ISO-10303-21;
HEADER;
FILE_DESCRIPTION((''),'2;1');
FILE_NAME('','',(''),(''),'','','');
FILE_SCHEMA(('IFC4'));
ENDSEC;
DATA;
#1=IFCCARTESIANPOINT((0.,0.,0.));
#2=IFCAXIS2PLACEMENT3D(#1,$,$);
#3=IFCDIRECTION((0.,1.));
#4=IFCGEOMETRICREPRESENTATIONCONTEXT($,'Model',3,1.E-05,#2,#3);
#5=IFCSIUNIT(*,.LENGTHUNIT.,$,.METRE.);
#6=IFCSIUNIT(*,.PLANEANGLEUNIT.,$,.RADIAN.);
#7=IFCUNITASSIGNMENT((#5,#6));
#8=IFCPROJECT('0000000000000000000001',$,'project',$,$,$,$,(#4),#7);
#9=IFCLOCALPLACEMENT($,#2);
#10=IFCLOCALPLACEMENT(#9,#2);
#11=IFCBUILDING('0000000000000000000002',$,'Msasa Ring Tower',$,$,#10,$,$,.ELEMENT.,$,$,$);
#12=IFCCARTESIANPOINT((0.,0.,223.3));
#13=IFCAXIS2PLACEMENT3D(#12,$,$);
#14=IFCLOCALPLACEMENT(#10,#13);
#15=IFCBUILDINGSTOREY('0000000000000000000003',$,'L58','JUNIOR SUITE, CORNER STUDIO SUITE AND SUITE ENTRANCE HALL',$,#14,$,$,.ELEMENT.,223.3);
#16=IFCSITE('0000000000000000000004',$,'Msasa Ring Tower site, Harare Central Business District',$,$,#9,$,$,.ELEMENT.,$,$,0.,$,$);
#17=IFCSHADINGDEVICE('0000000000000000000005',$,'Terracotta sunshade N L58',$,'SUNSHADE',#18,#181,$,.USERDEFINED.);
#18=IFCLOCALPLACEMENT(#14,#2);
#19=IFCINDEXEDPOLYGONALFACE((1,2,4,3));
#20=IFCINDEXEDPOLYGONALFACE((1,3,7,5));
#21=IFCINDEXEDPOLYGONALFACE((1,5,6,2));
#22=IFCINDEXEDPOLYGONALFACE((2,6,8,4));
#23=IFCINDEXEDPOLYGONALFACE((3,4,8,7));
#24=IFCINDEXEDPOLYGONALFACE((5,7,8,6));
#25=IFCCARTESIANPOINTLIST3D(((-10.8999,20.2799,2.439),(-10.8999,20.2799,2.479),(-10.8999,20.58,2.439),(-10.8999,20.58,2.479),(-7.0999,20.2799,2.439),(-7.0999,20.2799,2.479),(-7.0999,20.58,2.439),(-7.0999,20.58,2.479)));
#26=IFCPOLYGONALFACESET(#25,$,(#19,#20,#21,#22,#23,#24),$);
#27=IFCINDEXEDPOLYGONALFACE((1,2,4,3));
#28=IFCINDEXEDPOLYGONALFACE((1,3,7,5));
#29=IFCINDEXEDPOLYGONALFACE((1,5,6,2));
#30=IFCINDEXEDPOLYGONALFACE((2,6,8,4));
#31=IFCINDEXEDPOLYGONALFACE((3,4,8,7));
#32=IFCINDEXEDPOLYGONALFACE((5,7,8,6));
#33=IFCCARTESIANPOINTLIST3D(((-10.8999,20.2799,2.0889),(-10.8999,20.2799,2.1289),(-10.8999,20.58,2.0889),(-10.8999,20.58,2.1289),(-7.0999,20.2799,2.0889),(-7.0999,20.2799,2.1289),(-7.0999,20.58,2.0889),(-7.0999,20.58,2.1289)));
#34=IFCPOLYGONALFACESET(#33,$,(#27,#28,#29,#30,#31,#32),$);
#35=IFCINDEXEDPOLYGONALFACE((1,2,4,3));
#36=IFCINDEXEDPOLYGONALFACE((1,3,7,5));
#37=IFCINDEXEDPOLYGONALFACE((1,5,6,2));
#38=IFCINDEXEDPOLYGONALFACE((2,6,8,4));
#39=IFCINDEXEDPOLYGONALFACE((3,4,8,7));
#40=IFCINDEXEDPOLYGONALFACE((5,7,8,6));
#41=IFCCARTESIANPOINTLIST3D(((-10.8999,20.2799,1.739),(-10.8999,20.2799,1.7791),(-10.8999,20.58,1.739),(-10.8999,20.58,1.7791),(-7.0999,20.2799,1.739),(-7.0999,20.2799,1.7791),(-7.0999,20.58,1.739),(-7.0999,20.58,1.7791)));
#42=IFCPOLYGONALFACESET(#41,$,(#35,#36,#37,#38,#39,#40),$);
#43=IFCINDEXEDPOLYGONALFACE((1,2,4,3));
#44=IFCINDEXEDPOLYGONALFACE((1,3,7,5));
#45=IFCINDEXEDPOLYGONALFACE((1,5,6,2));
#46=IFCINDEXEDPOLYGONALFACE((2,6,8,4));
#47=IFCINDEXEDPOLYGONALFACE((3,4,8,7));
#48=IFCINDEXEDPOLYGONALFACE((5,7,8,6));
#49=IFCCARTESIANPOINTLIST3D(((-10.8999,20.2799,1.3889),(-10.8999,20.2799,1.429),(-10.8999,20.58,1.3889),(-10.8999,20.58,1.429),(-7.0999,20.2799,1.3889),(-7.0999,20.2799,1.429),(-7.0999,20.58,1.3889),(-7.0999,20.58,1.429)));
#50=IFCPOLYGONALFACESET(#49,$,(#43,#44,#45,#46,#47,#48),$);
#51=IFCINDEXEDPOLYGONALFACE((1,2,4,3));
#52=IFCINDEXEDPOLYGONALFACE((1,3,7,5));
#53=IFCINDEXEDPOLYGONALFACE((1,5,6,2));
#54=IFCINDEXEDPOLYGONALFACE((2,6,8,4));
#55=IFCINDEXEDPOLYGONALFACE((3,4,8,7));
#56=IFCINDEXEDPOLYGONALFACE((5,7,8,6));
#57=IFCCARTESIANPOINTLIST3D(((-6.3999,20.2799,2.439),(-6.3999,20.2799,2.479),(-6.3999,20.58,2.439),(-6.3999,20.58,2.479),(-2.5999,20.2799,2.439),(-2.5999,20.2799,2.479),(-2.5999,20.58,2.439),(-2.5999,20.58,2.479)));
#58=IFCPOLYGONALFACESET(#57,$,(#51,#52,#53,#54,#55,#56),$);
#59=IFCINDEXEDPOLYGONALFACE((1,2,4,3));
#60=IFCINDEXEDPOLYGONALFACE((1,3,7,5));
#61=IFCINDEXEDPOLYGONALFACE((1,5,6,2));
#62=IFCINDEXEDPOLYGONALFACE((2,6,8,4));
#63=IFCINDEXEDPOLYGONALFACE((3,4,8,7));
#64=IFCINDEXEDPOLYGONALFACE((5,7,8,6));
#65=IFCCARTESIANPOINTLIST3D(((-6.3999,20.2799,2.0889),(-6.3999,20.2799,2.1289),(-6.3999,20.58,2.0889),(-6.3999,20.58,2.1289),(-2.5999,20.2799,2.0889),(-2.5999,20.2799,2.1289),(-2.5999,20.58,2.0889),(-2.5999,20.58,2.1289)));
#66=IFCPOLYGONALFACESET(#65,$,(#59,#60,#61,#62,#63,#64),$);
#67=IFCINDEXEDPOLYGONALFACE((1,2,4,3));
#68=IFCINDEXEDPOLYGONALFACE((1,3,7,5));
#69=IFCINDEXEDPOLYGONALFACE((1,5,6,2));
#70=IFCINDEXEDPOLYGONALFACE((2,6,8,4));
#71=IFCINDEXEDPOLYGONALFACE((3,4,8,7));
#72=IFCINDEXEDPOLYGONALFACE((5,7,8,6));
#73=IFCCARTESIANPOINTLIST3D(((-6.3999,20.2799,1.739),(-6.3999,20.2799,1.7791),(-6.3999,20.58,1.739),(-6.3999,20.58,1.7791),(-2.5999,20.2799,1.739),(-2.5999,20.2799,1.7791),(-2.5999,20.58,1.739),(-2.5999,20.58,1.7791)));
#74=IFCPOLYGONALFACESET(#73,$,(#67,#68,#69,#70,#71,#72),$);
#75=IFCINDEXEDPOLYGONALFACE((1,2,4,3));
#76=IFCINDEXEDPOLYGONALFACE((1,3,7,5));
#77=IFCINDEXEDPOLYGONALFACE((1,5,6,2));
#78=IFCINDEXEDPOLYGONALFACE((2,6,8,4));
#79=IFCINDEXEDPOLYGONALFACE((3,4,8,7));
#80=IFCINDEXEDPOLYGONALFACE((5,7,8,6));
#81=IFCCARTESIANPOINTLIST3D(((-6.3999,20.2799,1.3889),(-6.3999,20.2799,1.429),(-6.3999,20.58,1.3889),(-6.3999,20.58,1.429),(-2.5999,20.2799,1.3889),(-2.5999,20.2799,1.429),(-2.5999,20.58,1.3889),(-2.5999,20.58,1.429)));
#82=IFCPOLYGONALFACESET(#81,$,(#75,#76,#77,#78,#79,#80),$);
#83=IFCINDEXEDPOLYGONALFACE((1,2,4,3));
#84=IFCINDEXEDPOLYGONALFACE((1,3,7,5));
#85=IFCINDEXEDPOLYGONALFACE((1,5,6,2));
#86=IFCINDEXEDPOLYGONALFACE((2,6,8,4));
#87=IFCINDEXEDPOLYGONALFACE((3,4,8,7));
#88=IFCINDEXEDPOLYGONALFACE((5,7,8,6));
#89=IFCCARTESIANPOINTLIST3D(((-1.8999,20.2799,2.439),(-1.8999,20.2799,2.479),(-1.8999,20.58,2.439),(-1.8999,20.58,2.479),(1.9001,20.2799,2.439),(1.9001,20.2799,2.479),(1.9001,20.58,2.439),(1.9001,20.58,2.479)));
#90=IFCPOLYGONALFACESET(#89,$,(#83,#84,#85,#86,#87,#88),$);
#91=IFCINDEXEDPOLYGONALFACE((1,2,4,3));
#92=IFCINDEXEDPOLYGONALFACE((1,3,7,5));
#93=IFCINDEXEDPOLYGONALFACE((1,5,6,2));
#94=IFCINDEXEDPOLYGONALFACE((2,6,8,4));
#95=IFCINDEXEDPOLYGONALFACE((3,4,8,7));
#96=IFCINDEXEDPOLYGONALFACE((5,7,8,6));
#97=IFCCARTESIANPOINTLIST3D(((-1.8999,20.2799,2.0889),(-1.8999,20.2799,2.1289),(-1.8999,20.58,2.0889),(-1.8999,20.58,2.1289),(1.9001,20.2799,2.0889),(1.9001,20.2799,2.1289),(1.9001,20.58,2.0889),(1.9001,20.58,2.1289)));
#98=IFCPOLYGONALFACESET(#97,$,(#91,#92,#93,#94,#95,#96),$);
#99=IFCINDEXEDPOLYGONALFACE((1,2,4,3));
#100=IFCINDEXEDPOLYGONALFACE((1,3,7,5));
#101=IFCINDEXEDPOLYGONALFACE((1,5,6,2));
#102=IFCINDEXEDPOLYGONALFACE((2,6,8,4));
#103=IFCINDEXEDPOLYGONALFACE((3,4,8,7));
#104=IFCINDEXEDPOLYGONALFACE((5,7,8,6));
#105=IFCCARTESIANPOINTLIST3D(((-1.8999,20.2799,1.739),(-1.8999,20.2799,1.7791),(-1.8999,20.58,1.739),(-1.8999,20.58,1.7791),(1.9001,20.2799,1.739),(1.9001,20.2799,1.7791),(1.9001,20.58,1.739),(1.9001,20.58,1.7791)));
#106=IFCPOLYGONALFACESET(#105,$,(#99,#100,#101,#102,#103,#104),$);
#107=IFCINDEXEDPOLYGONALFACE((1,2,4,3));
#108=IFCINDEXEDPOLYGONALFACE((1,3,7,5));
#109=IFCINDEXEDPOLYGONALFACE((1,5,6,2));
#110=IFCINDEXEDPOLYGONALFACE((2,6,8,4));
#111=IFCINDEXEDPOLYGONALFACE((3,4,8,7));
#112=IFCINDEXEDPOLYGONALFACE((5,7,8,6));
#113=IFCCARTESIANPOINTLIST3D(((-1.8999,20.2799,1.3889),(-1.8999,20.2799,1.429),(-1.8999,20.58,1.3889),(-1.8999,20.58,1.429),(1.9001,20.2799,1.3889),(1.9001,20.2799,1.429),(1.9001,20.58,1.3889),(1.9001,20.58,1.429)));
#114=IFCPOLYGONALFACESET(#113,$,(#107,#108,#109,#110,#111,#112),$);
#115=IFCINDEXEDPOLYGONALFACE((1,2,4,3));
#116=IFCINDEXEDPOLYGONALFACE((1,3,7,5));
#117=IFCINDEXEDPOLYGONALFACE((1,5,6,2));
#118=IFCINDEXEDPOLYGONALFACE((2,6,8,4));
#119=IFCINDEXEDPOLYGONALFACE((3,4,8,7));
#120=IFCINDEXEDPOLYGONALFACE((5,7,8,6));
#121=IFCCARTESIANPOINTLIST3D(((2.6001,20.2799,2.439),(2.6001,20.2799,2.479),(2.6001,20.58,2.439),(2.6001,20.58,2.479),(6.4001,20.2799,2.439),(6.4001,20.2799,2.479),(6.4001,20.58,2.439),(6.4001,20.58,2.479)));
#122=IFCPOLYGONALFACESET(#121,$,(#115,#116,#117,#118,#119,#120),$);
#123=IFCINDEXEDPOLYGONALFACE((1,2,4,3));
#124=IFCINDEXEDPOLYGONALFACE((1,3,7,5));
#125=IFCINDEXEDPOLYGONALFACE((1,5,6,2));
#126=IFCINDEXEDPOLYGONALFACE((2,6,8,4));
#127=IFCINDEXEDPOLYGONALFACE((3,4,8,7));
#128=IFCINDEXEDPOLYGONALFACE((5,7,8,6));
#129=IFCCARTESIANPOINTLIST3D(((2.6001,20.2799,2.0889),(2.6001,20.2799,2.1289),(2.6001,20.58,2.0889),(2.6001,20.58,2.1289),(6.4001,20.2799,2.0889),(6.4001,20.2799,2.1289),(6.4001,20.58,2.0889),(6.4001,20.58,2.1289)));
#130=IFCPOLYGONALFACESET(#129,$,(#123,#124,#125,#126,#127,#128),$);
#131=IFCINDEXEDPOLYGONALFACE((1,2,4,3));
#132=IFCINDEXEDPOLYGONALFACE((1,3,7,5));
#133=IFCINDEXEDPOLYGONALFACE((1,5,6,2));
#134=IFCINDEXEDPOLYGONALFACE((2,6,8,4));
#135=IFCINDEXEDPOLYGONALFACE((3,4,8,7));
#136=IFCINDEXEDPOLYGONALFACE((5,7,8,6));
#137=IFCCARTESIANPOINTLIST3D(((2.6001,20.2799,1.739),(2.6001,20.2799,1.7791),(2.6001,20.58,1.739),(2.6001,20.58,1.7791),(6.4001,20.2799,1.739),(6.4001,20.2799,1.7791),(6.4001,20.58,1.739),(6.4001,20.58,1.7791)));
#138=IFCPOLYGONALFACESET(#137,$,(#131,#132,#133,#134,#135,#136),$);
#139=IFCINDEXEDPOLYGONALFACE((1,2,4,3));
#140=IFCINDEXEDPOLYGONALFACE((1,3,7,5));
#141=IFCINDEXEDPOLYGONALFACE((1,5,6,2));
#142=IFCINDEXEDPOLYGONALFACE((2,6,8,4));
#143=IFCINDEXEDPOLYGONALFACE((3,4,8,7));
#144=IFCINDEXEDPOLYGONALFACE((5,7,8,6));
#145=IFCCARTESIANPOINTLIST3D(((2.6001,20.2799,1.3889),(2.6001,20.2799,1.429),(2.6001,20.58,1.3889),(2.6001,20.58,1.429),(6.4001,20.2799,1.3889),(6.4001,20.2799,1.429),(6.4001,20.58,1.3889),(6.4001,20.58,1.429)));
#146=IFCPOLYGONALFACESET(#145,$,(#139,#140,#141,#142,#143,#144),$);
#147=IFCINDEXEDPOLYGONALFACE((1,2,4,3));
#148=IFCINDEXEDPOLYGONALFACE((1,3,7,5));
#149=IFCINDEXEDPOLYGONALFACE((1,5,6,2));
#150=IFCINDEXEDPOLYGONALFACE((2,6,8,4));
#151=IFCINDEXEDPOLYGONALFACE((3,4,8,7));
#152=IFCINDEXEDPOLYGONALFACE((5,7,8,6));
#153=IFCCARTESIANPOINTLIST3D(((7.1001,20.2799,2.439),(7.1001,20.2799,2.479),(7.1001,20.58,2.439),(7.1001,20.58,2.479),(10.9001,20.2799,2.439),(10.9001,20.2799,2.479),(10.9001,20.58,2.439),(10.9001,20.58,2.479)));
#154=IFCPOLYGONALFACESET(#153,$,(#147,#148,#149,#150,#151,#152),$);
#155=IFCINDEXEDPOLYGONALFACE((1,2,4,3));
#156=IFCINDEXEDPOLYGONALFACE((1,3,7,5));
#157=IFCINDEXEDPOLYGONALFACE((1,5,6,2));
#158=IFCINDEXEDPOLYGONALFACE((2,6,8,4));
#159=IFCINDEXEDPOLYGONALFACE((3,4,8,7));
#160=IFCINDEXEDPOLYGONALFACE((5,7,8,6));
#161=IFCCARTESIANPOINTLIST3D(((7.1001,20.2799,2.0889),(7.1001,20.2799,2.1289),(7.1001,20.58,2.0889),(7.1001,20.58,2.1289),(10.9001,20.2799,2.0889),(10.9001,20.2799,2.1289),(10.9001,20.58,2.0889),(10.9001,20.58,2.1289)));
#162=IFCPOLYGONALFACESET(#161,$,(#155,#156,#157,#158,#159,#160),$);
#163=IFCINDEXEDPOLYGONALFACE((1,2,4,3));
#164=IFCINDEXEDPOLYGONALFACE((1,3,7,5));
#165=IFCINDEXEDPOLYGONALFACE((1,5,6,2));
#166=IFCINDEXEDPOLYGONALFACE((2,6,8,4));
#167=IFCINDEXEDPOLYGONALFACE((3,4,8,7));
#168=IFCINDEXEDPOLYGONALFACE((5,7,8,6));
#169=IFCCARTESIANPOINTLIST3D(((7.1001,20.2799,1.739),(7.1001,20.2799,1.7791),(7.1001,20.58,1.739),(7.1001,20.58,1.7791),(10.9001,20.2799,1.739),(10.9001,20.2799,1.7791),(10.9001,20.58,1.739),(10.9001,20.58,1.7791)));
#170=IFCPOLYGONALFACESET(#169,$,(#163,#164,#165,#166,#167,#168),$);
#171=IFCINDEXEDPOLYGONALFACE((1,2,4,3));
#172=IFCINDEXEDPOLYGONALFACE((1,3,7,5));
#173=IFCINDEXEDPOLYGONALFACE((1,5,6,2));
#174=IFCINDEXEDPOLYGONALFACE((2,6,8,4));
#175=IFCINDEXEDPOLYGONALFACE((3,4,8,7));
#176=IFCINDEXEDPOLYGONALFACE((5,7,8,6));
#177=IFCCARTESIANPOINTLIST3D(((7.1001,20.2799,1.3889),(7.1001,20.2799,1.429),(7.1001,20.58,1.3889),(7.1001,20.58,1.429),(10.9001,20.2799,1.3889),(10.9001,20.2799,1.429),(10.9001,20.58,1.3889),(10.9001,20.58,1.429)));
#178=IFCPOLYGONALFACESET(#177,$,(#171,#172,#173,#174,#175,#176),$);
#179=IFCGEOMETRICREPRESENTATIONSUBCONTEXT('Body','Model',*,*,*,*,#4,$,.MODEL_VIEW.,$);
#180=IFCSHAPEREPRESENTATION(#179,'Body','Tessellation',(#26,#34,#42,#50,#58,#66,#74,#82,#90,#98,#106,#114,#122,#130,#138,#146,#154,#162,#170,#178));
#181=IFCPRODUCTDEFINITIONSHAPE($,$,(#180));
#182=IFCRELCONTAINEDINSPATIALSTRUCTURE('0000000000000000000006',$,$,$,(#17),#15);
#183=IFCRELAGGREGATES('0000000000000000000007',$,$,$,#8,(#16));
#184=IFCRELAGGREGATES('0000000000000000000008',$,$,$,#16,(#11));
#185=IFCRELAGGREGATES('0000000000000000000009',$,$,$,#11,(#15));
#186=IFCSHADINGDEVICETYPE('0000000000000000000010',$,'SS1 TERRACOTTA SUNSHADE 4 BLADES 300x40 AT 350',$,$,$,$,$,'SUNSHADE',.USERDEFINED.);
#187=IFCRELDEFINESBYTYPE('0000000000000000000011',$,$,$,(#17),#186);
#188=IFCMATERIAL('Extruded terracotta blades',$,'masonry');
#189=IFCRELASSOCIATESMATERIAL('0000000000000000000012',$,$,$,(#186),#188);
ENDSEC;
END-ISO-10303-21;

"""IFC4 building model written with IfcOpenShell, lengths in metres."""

from ifc_helpers import new_model, si_unit, direction, frame, origin, origin_2d, place, context, subcontext, project, spatial, rectangle, extrude, material, type_object, element, save


model = new_model("IFC4")

# Units and contexts
model_context = context("Model", 3, precision=1e-05, world=origin(), true_north=direction((0.0, 1.0)))
body_context = subcontext(model_context, "Body", "Model", "MODEL_VIEW")
ifc_project = project(units=[si_unit("LENGTHUNIT", "METRE"), si_unit("PLANEANGLEUNIT", "RADIAN")], contexts=[model_context])

# Site, building, storey
site_placement = place(None, origin())
site = spatial("IfcSite", under=ifc_project, at=site_placement, Name="Msasa Ring Tower site, Harare Central Business District", CompositionType="ELEMENT", RefElevation=0.0)
building_placement = place(site_placement, origin())
building = spatial("IfcBuilding", under=site, at=building_placement, Name="Msasa Ring Tower", CompositionType="ELEMENT")
storey_placement = place(building_placement, frame((0.0, 0.0, 223.3)))
storey = spatial("IfcBuildingStorey", under=building, at=storey_placement, Name="L58", Description="JUNIOR SUITE, CORNER STUDIO SUITE AND SUITE ENTRANCE HALL", CompositionType="ELEMENT", Elevation=223.3)

# Shading device
ifc_material_1 = material(Name="Extruded terracotta blades", Category="masonry")
shading_device_type_1 = type_object("IfcShadingDeviceType", Name="SS1 TERRACOTTA SUNSHADE 4 BLADES 300x40 AT 350", ElementType="SUNSHADE", PredefinedType="USERDEFINED", material=ifc_material_1)
shading_device_1_placement = place(storey_placement, origin())
element("IfcShadingDevice", 1, at=shading_device_1_placement, inside=storey, type_object=shading_device_type_1, Name="Terracotta sunshade N L58", ObjectType="SUNSHADE", PredefinedType="USERDEFINED", context=body_context, shape_type="SweptSolid", body=[
    extrude(rectangle(XDim=0.04, YDim=0.3, at=origin_2d()), frame((-10.8999, 20.4299, 2.459), z_axis=(1.0, 0.0, 0.0), x_axis=(0.0, 0.0, 1.0)), (0.0, 0.0, 1.0), 3.8),
    extrude(rectangle(XDim=0.04, YDim=0.3, at=origin_2d()), frame((-10.8999, 20.4299, 2.1089), z_axis=(1.0, 0.0, 0.0), x_axis=(0.0, 0.0, 1.0)), (0.0, 0.0, 1.0), 3.8),
    extrude(rectangle(XDim=0.04, YDim=0.3, at=origin_2d()), frame((-10.8999, 20.4299, 1.759), z_axis=(1.0, 0.0, 0.0), x_axis=(0.0, 0.0, 1.0)), (0.0, 0.0, 1.0), 3.8),
    extrude(rectangle(XDim=0.04, YDim=0.3, at=origin_2d()), frame((-10.8999, 20.4299, 1.4089), z_axis=(1.0, 0.0, 0.0), x_axis=(0.0, 0.0, 1.0)), (0.0, 0.0, 1.0), 3.8),
    extrude(rectangle(XDim=0.04, YDim=0.3, at=origin_2d()), frame((-6.3999, 20.4299, 2.459), z_axis=(1.0, 0.0, 0.0), x_axis=(0.0, 0.0, 1.0)), (0.0, 0.0, 1.0), 3.8),
    extrude(rectangle(XDim=0.04, YDim=0.3, at=origin_2d()), frame((-6.3999, 20.4299, 2.1089), z_axis=(1.0, 0.0, 0.0), x_axis=(0.0, 0.0, 1.0)), (0.0, 0.0, 1.0), 3.8),
    extrude(rectangle(XDim=0.04, YDim=0.3, at=origin_2d()), frame((-6.3999, 20.4299, 1.759), z_axis=(1.0, 0.0, 0.0), x_axis=(0.0, 0.0, 1.0)), (0.0, 0.0, 1.0), 3.8),
    extrude(rectangle(XDim=0.04, YDim=0.3, at=origin_2d()), frame((-6.3999, 20.4299, 1.4089), z_axis=(1.0, 0.0, 0.0), x_axis=(0.0, 0.0, 1.0)), (0.0, 0.0, 1.0), 3.8),
    extrude(rectangle(XDim=0.04, YDim=0.3, at=origin_2d()), frame((-1.8999, 20.4299, 2.459), z_axis=(1.0, 0.0, 0.0), x_axis=(0.0, 0.0, 1.0)), (0.0, 0.0, 1.0), 3.8),
    extrude(rectangle(XDim=0.04, YDim=0.3, at=origin_2d()), frame((-1.8999, 20.4299, 2.1089), z_axis=(1.0, 0.0, 0.0), x_axis=(0.0, 0.0, 1.0)), (0.0, 0.0, 1.0), 3.8),
    extrude(rectangle(XDim=0.04, YDim=0.3, at=origin_2d()), frame((-1.8999, 20.4299, 1.759), z_axis=(1.0, 0.0, 0.0), x_axis=(0.0, 0.0, 1.0)), (0.0, 0.0, 1.0), 3.8),
    extrude(rectangle(XDim=0.04, YDim=0.3, at=origin_2d()), frame((-1.8999, 20.4299, 1.4089), z_axis=(1.0, 0.0, 0.0), x_axis=(0.0, 0.0, 1.0)), (0.0, 0.0, 1.0), 3.8),
    extrude(rectangle(XDim=0.04, YDim=0.3, at=origin_2d()), frame((2.6001, 20.4299, 2.459), z_axis=(1.0, 0.0, 0.0), x_axis=(0.0, 0.0, 1.0)), (0.0, 0.0, 1.0), 3.8),
    extrude(rectangle(XDim=0.04, YDim=0.3, at=origin_2d()), frame((2.6001, 20.4299, 2.1089), z_axis=(1.0, 0.0, 0.0), x_axis=(0.0, 0.0, 1.0)), (0.0, 0.0, 1.0), 3.8),
    extrude(rectangle(XDim=0.04, YDim=0.3, at=origin_2d()), frame((2.6001, 20.4299, 1.759), z_axis=(1.0, 0.0, 0.0), x_axis=(0.0, 0.0, 1.0)), (0.0, 0.0, 1.0), 3.8),
    extrude(rectangle(XDim=0.04, YDim=0.3, at=origin_2d()), frame((2.6001, 20.4299, 1.4089), z_axis=(1.0, 0.0, 0.0), x_axis=(0.0, 0.0, 1.0)), (0.0, 0.0, 1.0), 3.8),
    extrude(rectangle(XDim=0.04, YDim=0.3, at=origin_2d()), frame((7.1001, 20.4299, 2.459), z_axis=(1.0, 0.0, 0.0), x_axis=(0.0, 0.0, 1.0)), (0.0, 0.0, 1.0), 3.8),
    extrude(rectangle(XDim=0.04, YDim=0.3, at=origin_2d()), frame((7.1001, 20.4299, 2.1089), z_axis=(1.0, 0.0, 0.0), x_axis=(0.0, 0.0, 1.0)), (0.0, 0.0, 1.0), 3.8),
    extrude(rectangle(XDim=0.04, YDim=0.3, at=origin_2d()), frame((7.1001, 20.4299, 1.759), z_axis=(1.0, 0.0, 0.0), x_axis=(0.0, 0.0, 1.0)), (0.0, 0.0, 1.0), 3.8),
    extrude(rectangle(XDim=0.04, YDim=0.3, at=origin_2d()), frame((7.1001, 20.4299, 1.4089), z_axis=(1.0, 0.0, 0.0), x_axis=(0.0, 0.0, 1.0)), (0.0, 0.0, 1.0), 3.8),
])

save(model, "model.ifc")
